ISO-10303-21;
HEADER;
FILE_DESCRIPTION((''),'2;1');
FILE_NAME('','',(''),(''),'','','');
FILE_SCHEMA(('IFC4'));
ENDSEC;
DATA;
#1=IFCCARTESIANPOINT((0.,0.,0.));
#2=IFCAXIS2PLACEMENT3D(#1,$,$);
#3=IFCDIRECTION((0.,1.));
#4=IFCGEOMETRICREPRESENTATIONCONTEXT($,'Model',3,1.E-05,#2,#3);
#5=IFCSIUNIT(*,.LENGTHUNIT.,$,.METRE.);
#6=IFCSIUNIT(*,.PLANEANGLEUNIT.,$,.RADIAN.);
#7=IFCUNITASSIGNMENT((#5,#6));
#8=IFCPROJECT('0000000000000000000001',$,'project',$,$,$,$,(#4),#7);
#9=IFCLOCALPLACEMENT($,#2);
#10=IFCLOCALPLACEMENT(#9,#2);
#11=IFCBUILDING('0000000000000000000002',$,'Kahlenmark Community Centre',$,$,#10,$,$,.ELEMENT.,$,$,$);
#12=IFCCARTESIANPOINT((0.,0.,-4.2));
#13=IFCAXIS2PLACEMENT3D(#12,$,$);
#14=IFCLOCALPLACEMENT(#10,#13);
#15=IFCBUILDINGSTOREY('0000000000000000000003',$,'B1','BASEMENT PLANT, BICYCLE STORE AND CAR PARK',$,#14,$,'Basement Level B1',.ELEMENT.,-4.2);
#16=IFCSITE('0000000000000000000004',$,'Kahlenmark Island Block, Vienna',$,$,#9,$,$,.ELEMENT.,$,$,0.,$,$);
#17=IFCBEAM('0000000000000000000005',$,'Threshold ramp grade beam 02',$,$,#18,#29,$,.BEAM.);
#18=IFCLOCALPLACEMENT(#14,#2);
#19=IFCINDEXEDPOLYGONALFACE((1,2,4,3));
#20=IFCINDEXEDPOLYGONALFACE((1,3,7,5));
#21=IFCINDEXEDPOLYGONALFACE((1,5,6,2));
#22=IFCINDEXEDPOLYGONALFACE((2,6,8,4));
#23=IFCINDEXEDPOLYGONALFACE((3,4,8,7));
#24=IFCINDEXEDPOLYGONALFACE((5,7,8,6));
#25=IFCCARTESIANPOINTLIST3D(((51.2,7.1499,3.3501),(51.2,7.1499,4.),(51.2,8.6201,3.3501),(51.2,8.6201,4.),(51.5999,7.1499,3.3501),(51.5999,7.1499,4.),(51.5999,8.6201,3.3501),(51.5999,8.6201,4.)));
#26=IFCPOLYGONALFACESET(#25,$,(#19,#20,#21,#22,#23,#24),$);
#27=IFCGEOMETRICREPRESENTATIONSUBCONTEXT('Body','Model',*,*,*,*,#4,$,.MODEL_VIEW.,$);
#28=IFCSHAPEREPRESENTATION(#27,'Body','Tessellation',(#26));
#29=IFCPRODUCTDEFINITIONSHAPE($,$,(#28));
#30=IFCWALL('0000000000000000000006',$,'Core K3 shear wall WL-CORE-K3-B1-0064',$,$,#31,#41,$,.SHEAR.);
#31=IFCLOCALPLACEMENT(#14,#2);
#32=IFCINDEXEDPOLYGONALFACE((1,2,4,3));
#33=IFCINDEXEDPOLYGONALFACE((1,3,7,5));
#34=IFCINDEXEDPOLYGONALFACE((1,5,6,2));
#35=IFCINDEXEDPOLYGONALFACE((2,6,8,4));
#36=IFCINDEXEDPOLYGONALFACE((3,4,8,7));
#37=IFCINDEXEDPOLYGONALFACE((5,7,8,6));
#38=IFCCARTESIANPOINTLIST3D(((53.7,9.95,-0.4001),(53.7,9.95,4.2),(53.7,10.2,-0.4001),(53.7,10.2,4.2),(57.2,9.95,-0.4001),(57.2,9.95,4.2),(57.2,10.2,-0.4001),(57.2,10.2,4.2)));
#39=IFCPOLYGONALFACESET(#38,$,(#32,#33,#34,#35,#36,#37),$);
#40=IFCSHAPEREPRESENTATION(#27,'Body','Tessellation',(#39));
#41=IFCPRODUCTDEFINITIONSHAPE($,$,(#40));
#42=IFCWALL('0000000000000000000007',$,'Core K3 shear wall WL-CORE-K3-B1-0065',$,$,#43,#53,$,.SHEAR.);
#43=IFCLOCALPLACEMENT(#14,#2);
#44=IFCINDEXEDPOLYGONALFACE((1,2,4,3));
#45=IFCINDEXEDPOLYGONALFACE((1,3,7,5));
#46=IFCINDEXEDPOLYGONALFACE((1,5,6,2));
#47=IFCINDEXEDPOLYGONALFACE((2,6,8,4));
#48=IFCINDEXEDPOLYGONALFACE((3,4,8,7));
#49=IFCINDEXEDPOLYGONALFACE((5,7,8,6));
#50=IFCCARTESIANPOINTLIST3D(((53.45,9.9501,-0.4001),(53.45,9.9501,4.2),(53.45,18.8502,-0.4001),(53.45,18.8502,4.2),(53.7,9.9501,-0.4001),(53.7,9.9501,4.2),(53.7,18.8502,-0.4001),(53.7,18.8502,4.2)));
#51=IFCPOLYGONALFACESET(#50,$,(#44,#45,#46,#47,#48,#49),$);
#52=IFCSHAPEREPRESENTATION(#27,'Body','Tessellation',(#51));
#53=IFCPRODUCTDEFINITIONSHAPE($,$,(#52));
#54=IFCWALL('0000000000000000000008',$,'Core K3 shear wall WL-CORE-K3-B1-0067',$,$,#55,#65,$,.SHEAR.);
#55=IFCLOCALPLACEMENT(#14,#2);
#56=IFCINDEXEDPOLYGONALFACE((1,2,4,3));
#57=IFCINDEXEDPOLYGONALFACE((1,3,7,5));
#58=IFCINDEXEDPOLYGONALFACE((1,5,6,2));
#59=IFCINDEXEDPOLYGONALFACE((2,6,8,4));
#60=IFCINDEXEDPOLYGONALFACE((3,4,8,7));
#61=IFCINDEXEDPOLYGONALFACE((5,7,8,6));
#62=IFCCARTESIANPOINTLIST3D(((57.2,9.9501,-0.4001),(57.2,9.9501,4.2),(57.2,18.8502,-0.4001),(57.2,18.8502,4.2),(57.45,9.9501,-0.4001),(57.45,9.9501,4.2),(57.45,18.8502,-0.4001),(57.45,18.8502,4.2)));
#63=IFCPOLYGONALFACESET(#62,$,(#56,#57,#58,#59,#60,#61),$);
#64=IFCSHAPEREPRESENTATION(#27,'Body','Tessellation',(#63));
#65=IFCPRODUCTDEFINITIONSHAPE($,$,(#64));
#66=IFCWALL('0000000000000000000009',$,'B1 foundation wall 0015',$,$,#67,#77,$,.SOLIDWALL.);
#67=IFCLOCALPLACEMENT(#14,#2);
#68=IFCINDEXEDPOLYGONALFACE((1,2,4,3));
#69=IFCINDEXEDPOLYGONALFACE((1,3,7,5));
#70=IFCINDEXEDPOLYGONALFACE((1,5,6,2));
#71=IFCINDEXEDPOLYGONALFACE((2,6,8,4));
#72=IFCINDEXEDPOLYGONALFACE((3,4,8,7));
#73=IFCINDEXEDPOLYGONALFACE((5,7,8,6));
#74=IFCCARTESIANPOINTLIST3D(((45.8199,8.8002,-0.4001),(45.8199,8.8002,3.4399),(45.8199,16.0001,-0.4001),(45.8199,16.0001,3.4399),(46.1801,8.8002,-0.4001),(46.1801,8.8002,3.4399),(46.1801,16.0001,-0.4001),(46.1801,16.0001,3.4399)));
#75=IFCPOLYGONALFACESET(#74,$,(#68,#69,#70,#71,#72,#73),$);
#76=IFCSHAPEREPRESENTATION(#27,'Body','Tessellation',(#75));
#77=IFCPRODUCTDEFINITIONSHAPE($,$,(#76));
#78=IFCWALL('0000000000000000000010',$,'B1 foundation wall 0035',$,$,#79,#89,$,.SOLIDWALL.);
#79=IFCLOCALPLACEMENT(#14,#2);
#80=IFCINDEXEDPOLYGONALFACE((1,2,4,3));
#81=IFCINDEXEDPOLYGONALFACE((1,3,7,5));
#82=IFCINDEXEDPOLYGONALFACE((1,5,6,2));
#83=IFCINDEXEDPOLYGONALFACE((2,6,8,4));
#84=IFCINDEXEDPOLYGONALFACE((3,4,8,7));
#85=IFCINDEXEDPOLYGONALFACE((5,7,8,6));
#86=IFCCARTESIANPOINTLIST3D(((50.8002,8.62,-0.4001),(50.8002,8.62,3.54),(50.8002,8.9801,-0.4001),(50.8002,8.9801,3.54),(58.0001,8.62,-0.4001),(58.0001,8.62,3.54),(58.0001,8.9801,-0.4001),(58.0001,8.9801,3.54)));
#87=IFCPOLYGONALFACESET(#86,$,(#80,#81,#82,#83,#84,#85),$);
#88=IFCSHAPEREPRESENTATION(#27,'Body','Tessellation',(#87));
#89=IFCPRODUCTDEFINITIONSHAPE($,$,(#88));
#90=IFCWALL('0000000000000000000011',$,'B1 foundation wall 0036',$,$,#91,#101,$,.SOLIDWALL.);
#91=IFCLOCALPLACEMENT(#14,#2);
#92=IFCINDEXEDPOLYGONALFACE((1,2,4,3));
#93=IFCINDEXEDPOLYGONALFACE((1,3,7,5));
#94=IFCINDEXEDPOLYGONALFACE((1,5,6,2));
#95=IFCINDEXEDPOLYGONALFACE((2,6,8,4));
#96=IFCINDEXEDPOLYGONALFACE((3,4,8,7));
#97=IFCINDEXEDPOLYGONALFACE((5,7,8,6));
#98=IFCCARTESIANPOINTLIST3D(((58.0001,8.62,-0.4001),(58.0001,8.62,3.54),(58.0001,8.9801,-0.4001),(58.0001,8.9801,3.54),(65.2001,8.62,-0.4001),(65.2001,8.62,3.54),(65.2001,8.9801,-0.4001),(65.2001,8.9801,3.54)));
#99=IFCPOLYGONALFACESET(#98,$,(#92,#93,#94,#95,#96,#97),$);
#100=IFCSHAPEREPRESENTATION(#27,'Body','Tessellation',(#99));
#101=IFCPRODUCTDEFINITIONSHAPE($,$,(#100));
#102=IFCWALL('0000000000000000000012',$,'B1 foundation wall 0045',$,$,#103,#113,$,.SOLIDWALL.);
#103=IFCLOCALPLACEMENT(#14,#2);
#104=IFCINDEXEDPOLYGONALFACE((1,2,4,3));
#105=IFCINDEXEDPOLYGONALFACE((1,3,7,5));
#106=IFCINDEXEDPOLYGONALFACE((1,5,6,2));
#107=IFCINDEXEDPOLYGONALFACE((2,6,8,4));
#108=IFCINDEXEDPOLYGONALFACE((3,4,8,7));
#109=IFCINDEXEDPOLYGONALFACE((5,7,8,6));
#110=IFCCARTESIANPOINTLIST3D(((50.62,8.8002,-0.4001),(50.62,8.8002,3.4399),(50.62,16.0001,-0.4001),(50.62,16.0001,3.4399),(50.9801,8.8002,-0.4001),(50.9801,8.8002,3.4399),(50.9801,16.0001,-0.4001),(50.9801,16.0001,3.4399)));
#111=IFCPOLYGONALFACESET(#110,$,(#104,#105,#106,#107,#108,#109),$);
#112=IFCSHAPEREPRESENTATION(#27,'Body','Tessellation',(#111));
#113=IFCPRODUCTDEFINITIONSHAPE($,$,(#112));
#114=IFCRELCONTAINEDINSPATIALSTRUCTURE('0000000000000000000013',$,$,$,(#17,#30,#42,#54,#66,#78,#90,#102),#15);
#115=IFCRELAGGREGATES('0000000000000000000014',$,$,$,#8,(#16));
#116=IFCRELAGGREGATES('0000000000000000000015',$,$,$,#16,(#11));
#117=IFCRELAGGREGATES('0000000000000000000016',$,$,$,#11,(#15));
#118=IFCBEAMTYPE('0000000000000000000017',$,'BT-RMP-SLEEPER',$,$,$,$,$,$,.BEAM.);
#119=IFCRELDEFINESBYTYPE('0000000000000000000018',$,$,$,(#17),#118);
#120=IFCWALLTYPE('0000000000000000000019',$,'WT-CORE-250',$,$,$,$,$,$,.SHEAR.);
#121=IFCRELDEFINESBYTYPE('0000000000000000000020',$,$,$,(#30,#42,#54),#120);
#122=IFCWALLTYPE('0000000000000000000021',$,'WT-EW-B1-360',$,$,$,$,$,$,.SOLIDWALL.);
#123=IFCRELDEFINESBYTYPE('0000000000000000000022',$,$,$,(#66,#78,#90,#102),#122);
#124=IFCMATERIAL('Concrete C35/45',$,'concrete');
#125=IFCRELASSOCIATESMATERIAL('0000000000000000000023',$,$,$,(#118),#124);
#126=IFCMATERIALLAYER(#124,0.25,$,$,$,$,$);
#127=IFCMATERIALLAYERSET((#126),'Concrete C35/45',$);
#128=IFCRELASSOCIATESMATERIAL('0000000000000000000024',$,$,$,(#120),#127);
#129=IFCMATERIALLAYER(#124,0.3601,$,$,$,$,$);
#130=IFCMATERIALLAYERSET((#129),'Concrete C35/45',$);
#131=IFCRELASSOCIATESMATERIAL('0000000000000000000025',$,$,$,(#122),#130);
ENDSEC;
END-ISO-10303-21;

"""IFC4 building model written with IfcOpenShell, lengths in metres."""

from ifc_helpers import new_model, si_unit, direction, frame, frame_2d, origin, origin_2d, place, context, subcontext, project, spatial, rectangle, extrude, material, layer, layer_set, material_profile, profile_set, type_object, element, save


model = new_model("IFC4")

# Units and contexts
model_context = context("Model", 3, precision=1e-05, world=origin(), true_north=direction((0.0, 1.0)))
body_context = subcontext(model_context, "Body", "Model", "MODEL_VIEW")
ifc_project = project(units=[si_unit("LENGTHUNIT", "METRE"), si_unit("PLANEANGLEUNIT", "RADIAN")], contexts=[model_context])

# Site, building, storey
site_placement = place(None, origin())
site = spatial("IfcSite", under=ifc_project, at=site_placement, Name="Kahlenmark Island Block, Vienna", CompositionType="ELEMENT", RefElevation=0.0)
building_placement = place(site_placement, origin())
building = spatial("IfcBuilding", under=site, at=building_placement, Name="Kahlenmark Community Centre", CompositionType="ELEMENT")
storey_placement = place(building_placement, frame((0.0, 0.0, -4.2)))
storey = spatial("IfcBuildingStorey", under=building, at=storey_placement, Name="B1", Description="BASEMENT PLANT, BICYCLE STORE AND CAR PARK", LongName="Basement Level B1", CompositionType="ELEMENT", Elevation=-4.2)

# Shared definitions
ifc_material_1 = material(Name="Concrete C35/45", Category="concrete")

# Beam
ifc_material_profile_1 = material_profile(ifc_material_1, rectangle(XDim=0.3999, YDim=0.6499, at=origin_2d()), Name="RC 400x650")
ifc_profile_set_1 = profile_set([ifc_material_profile_1], Name="Concrete C35/45")
beam_type = type_object("IfcBeamType", Name="BT-RMP-SLEEPER", PredefinedType="BEAM", material=ifc_profile_set_1)
beam_placement = place(storey_placement, frame((51.3999, 7.1499, 3.675), z_axis=(0.0, 1.0, 0.0), x_axis=(-1.0, 0.0, 0.0)))
element("IfcBeam", 1, at=beam_placement, inside=storey, type_object=beam_type, Name="Threshold ramp grade beam 02", PredefinedType="BEAM", context=body_context, shape_type="SweptSolid", body=[
    extrude(rectangle(XDim=0.3999, YDim=0.6499, at=origin_2d()), origin(), (0.0, 0.0, 1.0), 1.4702),
])

# Walls
ifc_layer_1 = layer(ifc_material_1, 0.25)
ifc_layer_set_1 = layer_set([ifc_layer_1], Name="Concrete C35/45")
wall_type_1 = type_object("IfcWallType", Name="WT-CORE-250", PredefinedType="SHEAR", material=ifc_layer_set_1)
wall_1_placement = place(storey_placement, frame((53.7, 10.075, -0.4001), z_axis=(0.0, 0.0, 1.0), x_axis=(1.0, 0.0, 0.0)))
element("IfcWall", 2, at=wall_1_placement, inside=storey, type_object=wall_type_1, Name="Core K3 shear wall WL-CORE-K3-B1-0064", PredefinedType="SHEAR", context=body_context, shape_type="SweptSolid", body=[
    extrude(rectangle(XDim=3.5, YDim=0.25, at=frame_2d((1.75, 0.0))), origin(), (0.0, 0.0, 1.0), 4.6001),
])
for number, where, z_axis, x_axis, name in (
    (3, (53.575, 9.95, -0.4001), (0.0, 0.0, 1.0), (0.0, 1.0, 0.0), "Core K3 shear wall WL-CORE-K3-B1-0065"),
    (4, (57.325, 9.95, -0.4001), (0.0, 0.0, 1.0), (0.0, 1.0, 0.0), "Core K3 shear wall WL-CORE-K3-B1-0067"),
):
    element("IfcWall", number, at=place(storey_placement, frame(where, z_axis=z_axis, x_axis=x_axis)), inside=storey, type_object=wall_type_1, Name=name, PredefinedType="SHEAR", context=body_context, shape_type="SweptSolid", body=[
        extrude(rectangle(XDim=8.9001, YDim=0.25, at=frame_2d((4.4502, 0.0))), origin(), (0.0, 0.0, 1.0), 4.6001),
    ])
ifc_layer_2 = layer(ifc_material_1, 0.3601)
ifc_layer_set_2 = layer_set([ifc_layer_2], Name="Concrete C35/45")
wall_type_2 = type_object("IfcWallType", Name="WT-EW-B1-360", PredefinedType="SOLIDWALL", material=ifc_layer_set_2)
wall_2_placement = place(storey_placement, frame((46.0, 8.8, -0.4001), z_axis=(0.0, 0.0, 1.0), x_axis=(0.0, 1.0, 0.0)))
element("IfcWall", 5, at=wall_2_placement, inside=storey, type_object=wall_type_2, Name="B1 foundation wall 0015", PredefinedType="SOLIDWALL", context=body_context, shape_type="SweptSolid", body=[
    extrude(rectangle(XDim=7.2, YDim=0.3601, at=frame_2d((3.6001, 0.0))), origin(), (0.0, 0.0, 1.0), 3.8401),
])
for number, where, z_axis, x_axis, name in (
    (6, (50.8, 8.8, -0.4001), (0.0, 0.0, 1.0), (1.0, 0.0, 0.0), "B1 foundation wall 0035"),
    (7, (58.0, 8.8, -0.4001), (0.0, 0.0, 1.0), (1.0, 0.0, 0.0), "B1 foundation wall 0036"),
):
    element("IfcWall", number, at=place(storey_placement, frame(where, z_axis=z_axis, x_axis=x_axis)), inside=storey, type_object=wall_type_2, Name=name, PredefinedType="SOLIDWALL", context=body_context, shape_type="SweptSolid", body=[
        extrude(rectangle(XDim=7.2, YDim=0.3601, at=frame_2d((3.6001, 0.0))), origin(), (0.0, 0.0, 1.0), 3.9402),
    ])
wall_3_placement = place(storey_placement, frame((50.8, 8.8, -0.4001), z_axis=(0.0, 0.0, 1.0), x_axis=(0.0, 1.0, 0.0)))
element("IfcWall", 8, at=wall_3_placement, inside=storey, type_object=wall_type_2, Name="B1 foundation wall 0045", PredefinedType="SOLIDWALL", context=body_context, shape_type="SweptSolid", body=[
    extrude(rectangle(XDim=7.2, YDim=0.3601, at=frame_2d((3.6001, 0.0))), origin(), (0.0, 0.0, 1.0), 3.8401),
])

save(model, "model.ifc")
